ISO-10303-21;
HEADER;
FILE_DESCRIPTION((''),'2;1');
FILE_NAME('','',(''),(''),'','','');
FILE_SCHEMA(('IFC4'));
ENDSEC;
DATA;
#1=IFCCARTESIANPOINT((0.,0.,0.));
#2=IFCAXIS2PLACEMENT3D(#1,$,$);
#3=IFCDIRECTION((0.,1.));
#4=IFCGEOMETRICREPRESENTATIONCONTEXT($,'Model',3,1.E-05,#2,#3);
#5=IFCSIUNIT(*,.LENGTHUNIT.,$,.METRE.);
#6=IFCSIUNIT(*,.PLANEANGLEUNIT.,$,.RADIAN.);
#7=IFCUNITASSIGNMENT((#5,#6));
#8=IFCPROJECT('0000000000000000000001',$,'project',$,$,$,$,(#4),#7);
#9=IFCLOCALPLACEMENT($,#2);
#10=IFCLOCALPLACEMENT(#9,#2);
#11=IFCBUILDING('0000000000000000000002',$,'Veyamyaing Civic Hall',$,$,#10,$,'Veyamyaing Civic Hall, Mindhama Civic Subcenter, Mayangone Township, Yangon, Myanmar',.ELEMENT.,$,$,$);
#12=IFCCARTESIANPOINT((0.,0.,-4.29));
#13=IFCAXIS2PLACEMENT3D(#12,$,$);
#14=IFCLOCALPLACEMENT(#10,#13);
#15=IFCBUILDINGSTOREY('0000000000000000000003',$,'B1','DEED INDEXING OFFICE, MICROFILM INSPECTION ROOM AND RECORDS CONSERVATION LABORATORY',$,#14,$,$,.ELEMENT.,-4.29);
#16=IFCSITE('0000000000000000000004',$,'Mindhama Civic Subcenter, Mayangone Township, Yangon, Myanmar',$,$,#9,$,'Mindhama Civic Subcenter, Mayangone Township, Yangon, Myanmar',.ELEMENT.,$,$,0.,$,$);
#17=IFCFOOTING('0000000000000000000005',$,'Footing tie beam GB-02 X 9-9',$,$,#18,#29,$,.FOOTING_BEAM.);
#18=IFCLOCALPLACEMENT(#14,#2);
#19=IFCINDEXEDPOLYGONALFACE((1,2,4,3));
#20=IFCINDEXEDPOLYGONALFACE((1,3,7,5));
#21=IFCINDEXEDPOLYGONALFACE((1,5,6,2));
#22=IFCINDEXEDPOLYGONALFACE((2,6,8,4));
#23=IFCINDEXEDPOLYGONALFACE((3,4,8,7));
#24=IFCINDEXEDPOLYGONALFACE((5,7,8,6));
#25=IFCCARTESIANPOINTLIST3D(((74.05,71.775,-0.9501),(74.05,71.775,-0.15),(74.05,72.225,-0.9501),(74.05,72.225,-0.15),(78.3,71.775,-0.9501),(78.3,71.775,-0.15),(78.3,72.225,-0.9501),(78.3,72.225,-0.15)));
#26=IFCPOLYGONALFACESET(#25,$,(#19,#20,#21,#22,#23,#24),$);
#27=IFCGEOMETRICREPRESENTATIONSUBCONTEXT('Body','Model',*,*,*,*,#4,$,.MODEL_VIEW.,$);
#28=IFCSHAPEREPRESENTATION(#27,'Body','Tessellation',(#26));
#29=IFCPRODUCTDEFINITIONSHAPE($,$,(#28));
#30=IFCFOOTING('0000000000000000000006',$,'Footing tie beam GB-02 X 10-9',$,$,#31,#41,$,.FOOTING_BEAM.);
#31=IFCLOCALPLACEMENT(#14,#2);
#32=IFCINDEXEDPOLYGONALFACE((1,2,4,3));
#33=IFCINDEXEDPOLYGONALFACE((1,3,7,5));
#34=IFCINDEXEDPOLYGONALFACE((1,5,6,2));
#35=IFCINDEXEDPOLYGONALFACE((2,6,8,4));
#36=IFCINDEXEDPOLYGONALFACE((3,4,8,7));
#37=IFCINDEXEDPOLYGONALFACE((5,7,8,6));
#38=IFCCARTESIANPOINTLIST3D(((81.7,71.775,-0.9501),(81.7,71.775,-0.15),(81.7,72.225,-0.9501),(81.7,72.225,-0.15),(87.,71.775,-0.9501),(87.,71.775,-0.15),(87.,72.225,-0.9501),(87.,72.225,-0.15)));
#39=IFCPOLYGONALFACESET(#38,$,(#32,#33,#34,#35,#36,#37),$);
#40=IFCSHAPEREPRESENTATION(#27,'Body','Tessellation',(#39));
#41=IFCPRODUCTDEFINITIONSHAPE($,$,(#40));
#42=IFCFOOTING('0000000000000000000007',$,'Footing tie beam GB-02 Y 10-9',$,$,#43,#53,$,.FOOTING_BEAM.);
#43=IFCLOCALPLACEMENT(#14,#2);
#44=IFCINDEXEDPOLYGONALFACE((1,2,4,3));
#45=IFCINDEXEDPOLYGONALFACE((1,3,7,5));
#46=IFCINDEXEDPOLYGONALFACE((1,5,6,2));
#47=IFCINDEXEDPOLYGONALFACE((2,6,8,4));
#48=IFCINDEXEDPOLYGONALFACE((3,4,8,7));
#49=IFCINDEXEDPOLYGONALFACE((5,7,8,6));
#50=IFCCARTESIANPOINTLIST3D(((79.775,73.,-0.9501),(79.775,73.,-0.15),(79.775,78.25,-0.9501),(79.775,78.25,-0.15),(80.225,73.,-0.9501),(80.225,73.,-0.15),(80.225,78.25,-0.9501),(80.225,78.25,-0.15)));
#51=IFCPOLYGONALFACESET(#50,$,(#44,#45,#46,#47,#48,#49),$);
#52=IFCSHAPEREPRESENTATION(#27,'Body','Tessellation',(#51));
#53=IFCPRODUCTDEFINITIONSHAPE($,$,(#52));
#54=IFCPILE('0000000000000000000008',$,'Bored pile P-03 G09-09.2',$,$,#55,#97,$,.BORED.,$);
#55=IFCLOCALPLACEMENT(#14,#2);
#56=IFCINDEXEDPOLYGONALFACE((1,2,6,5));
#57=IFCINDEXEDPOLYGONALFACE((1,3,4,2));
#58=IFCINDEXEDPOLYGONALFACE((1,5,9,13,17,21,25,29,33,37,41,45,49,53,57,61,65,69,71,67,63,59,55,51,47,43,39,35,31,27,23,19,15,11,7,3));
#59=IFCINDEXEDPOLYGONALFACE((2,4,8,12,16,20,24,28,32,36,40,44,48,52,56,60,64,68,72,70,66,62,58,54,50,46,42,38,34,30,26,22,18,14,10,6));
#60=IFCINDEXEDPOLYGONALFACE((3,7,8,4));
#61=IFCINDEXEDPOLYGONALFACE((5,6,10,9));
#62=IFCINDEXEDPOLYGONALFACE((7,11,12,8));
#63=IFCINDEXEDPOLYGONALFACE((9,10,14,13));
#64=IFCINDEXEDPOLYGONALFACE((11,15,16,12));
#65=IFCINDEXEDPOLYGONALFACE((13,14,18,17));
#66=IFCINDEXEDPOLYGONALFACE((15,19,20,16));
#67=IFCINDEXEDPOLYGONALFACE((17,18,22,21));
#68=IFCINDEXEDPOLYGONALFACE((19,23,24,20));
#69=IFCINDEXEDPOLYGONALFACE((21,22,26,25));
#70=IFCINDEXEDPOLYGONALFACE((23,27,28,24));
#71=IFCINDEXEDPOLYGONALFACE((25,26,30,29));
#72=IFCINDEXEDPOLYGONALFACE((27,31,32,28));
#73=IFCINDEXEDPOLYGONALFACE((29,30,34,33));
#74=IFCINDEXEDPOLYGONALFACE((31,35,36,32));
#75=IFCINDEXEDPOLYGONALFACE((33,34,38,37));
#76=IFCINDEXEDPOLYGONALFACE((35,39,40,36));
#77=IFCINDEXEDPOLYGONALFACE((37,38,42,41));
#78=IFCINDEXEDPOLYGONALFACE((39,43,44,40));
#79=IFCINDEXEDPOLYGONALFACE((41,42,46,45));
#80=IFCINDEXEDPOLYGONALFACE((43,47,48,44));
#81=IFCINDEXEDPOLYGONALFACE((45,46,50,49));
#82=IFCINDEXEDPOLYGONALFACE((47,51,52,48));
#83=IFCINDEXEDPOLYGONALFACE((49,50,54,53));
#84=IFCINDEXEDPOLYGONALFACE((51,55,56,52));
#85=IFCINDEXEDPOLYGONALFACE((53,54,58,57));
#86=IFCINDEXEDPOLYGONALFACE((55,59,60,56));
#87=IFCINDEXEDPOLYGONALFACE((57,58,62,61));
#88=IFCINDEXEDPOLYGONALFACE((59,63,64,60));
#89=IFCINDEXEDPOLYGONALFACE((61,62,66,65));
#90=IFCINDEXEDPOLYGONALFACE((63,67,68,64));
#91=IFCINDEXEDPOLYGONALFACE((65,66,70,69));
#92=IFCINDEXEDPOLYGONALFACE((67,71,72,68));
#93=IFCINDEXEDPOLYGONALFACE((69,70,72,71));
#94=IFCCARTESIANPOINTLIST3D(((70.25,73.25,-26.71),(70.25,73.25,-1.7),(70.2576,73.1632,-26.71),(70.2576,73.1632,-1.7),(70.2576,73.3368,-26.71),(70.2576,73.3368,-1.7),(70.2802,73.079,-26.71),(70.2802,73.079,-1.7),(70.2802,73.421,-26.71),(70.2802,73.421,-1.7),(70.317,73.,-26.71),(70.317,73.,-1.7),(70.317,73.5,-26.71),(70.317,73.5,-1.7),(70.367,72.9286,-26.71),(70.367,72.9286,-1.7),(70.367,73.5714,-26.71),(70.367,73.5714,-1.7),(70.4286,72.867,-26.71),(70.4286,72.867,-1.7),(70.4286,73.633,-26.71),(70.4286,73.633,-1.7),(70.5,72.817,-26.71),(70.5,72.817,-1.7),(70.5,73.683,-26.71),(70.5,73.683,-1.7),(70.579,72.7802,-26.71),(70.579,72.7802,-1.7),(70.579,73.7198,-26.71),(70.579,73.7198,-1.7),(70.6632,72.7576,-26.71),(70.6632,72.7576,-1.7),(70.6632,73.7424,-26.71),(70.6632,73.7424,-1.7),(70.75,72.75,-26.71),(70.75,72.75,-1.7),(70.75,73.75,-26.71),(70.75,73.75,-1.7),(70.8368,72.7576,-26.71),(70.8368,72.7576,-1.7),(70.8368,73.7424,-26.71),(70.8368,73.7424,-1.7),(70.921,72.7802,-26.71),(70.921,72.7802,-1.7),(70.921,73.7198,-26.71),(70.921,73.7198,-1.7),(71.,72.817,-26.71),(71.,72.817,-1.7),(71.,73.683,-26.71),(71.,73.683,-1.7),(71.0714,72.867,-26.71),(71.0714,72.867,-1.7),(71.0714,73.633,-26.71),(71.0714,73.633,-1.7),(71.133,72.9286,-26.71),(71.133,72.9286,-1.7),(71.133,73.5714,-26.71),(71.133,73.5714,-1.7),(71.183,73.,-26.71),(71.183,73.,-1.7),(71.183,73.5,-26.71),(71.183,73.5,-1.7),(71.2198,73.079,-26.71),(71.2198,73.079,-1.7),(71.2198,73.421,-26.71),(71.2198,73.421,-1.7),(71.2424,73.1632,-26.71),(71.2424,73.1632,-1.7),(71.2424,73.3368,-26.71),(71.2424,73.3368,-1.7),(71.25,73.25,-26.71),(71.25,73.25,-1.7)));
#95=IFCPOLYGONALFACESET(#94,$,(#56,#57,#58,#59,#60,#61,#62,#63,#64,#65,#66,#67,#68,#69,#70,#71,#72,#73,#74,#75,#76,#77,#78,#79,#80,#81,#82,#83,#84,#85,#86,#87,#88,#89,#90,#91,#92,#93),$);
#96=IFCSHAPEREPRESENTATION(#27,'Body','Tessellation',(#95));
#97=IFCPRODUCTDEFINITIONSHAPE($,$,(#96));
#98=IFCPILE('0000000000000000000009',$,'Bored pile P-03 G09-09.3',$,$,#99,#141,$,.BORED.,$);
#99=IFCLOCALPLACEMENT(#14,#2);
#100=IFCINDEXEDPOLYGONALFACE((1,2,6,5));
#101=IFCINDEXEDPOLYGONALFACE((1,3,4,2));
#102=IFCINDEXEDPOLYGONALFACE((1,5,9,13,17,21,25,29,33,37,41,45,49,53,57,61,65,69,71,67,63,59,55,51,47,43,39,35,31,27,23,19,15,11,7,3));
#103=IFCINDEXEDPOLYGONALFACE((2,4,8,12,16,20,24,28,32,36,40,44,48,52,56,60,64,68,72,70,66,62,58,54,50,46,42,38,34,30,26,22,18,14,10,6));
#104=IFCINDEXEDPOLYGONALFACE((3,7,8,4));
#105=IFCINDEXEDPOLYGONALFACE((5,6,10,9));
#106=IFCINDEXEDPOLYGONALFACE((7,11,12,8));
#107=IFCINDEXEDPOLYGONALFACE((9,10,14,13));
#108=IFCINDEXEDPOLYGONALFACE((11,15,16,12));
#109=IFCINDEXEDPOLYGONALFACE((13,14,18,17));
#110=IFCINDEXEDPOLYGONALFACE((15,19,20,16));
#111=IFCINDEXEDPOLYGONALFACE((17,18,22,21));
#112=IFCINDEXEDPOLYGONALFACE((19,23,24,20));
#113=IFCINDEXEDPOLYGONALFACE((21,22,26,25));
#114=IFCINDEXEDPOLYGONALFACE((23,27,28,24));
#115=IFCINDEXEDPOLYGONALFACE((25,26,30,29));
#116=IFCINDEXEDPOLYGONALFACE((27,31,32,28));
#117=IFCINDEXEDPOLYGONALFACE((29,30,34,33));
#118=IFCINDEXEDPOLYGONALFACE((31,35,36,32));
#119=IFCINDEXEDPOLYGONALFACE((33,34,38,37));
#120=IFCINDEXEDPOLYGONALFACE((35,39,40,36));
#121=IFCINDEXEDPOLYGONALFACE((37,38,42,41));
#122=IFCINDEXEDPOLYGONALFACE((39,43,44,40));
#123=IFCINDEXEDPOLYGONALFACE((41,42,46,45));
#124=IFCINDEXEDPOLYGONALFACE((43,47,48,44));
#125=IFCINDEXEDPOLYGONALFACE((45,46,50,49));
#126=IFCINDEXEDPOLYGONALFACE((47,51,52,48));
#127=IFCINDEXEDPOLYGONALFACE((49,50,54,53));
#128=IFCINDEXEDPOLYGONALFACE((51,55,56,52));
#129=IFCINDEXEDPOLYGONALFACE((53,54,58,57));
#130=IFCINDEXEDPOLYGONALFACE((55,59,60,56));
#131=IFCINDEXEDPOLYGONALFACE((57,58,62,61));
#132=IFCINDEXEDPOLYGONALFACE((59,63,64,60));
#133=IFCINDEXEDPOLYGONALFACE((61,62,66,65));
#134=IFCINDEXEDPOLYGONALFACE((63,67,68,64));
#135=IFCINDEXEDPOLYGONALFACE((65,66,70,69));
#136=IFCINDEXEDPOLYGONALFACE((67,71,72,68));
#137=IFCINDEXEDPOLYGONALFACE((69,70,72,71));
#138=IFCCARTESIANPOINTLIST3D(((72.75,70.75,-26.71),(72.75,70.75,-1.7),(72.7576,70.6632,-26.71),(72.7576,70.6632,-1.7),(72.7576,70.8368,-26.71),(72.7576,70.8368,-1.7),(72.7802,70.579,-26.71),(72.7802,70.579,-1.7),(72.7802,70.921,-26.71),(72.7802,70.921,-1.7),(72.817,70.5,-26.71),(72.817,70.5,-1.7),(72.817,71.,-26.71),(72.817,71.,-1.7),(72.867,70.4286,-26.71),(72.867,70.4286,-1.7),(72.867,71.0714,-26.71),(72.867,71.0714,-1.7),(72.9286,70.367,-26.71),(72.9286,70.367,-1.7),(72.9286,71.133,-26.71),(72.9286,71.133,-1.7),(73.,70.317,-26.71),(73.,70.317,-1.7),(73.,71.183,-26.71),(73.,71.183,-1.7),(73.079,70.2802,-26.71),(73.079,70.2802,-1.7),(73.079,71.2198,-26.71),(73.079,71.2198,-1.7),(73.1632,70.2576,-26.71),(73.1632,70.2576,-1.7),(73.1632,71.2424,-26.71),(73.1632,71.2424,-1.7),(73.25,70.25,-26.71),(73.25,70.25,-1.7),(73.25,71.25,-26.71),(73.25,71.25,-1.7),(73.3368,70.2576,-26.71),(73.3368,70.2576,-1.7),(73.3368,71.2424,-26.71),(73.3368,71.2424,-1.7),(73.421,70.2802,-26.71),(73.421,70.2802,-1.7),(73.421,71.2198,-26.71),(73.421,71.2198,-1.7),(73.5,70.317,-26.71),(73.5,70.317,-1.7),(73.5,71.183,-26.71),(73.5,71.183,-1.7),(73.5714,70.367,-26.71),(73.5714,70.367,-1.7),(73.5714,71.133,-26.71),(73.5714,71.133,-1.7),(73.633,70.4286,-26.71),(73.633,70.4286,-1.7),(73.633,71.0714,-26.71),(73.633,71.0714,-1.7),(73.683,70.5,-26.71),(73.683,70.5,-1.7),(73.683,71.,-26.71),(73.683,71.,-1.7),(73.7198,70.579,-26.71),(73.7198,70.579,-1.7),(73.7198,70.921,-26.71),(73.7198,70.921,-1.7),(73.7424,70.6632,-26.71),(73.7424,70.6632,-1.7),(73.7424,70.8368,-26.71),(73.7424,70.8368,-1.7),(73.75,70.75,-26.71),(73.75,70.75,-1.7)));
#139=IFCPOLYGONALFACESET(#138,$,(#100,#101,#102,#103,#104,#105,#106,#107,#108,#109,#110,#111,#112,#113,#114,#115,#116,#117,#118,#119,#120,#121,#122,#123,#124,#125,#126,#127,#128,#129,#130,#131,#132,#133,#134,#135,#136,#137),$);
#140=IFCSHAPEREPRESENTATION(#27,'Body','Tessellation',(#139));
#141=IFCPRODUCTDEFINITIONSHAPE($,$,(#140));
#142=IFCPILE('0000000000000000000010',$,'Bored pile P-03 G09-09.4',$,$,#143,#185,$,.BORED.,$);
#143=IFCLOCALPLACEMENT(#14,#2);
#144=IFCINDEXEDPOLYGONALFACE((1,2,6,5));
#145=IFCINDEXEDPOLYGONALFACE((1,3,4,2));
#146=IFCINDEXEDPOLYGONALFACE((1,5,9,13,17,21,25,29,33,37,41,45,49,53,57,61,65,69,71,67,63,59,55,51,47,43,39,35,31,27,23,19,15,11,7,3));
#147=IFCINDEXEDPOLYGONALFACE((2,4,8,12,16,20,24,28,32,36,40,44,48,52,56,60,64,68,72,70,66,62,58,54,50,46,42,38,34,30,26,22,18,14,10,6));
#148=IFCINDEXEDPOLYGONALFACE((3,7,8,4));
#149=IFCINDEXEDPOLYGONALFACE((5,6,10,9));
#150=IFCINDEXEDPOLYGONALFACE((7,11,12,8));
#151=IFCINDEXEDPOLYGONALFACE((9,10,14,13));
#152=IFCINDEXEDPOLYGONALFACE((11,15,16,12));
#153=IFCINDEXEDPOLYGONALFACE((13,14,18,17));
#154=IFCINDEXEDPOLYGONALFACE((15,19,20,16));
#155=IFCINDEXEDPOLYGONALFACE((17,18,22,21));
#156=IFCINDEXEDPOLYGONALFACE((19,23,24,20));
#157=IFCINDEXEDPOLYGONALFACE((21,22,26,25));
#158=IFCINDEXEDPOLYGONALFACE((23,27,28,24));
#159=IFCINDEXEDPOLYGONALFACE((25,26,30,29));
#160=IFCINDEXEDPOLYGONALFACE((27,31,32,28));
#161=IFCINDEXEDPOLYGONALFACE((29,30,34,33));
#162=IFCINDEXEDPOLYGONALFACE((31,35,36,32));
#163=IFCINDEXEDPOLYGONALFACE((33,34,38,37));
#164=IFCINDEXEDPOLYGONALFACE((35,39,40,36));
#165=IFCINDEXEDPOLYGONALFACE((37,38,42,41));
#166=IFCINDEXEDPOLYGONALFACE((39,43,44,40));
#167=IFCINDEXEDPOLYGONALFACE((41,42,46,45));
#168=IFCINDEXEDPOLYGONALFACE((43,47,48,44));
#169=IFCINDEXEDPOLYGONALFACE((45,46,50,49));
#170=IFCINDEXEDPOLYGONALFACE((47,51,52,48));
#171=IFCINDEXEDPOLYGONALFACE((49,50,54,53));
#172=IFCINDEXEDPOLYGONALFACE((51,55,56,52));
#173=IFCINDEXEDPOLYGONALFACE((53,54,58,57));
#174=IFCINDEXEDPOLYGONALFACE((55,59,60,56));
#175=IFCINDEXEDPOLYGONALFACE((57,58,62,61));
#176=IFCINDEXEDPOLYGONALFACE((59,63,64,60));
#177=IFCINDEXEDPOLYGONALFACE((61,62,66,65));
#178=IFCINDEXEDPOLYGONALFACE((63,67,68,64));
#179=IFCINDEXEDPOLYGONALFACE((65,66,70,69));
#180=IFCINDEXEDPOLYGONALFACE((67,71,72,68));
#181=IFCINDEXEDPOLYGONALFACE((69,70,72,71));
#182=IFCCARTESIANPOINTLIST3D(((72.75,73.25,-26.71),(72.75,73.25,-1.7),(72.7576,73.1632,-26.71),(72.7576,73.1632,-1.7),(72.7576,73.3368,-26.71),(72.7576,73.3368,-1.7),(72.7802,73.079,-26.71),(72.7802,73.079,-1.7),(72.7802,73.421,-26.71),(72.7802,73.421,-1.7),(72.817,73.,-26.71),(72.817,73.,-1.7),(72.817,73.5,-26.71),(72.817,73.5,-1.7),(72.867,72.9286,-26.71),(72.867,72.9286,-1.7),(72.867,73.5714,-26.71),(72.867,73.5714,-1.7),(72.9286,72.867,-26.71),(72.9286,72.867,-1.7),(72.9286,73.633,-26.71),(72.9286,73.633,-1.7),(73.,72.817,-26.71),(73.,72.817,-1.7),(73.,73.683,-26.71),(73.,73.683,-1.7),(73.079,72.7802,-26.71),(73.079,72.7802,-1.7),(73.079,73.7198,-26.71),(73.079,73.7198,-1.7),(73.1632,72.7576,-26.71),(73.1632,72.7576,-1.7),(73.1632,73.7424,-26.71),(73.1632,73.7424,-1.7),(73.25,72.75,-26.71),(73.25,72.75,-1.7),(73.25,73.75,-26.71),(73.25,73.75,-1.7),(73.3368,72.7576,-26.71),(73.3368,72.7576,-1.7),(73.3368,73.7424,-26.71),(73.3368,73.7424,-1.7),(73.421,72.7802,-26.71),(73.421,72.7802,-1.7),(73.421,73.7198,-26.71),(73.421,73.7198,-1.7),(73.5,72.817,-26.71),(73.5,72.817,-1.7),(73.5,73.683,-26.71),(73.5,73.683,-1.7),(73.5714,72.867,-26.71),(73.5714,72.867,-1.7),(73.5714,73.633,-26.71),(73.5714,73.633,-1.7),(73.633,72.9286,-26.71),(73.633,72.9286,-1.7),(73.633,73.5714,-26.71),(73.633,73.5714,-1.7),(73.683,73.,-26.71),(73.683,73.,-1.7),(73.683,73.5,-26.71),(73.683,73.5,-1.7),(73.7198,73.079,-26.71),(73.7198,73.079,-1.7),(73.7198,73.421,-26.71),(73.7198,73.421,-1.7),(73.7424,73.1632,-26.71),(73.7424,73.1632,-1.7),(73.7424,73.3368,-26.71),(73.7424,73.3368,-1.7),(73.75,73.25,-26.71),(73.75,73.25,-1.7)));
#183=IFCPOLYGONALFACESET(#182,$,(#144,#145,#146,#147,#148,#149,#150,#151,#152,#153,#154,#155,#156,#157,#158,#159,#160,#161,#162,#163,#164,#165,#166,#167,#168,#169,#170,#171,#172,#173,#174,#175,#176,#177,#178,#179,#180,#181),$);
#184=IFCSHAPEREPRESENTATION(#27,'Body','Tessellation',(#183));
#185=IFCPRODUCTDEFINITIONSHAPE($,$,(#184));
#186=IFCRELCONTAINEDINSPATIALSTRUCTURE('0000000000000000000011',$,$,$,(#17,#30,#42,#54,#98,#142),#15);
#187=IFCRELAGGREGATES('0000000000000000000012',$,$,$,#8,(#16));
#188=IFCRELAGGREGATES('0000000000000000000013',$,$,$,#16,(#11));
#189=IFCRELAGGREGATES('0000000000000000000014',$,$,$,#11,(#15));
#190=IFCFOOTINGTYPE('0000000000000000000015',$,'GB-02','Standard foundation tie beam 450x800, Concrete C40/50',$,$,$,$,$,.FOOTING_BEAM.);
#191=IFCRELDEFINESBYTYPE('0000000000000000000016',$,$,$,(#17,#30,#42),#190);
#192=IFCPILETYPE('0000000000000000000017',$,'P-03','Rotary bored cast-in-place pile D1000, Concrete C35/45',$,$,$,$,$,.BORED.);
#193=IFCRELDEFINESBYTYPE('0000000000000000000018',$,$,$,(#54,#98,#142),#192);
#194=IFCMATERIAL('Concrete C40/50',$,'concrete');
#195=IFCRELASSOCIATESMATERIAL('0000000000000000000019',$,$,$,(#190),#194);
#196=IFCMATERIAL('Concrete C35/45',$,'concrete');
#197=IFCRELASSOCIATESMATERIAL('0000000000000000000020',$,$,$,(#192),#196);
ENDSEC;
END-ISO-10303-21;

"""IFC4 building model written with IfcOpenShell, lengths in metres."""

from ifc_helpers import new_model, si_unit, direction, frame, origin, origin_2d, place, context, subcontext, project, spatial, rectangle, circle, extrude, material, material_profile, profile_set, type_object, element, save


model = new_model("IFC4")

# Units and contexts
model_context = context("Model", 3, precision=1e-05, world=origin(), true_north=direction((0.0, 1.0)))
body_context = subcontext(model_context, "Body", "Model", "MODEL_VIEW")
ifc_project = project(units=[si_unit("LENGTHUNIT", "METRE"), si_unit("PLANEANGLEUNIT", "RADIAN")], contexts=[model_context])

# Site, building, storey
site_placement = place(None, origin())
site = spatial("IfcSite", under=ifc_project, at=site_placement, Name="Mindhama Civic Subcenter, Mayangone Township, Yangon, Myanmar", LongName="Mindhama Civic Subcenter, Mayangone Township, Yangon, Myanmar", CompositionType="ELEMENT", RefElevation=0.0)
building_placement = place(site_placement, origin())
building = spatial("IfcBuilding", under=site, at=building_placement, Name="Veyamyaing Civic Hall", LongName="Veyamyaing Civic Hall, Mindhama Civic Subcenter, Mayangone Township, Yangon, Myanmar", CompositionType="ELEMENT")
storey_placement = place(building_placement, frame((0.0, 0.0, -4.29)))
storey = spatial("IfcBuildingStorey", under=building, at=storey_placement, Name="B1", Description="DEED INDEXING OFFICE, MICROFILM INSPECTION ROOM AND RECORDS CONSERVATION LABORATORY", CompositionType="ELEMENT", Elevation=-4.29)

# Footings
ifc_material_1 = material(Name="Concrete C40/50", Category="concrete")
ifc_material_profile_1 = material_profile(ifc_material_1, rectangle(XDim=0.45, YDim=0.8, at=origin_2d()), Name="GB-450X800")
ifc_profile_set_1 = profile_set([ifc_material_profile_1], Name="Concrete C40/50")
footing_type_1 = type_object("IfcFootingType", Name="GB-02", Description="Standard foundation tie beam 450x800, Concrete C40/50", PredefinedType="FOOTING_BEAM", material=ifc_profile_set_1)
footing_1_placement = place(storey_placement, frame((74.05, 72.0, -0.55), z_axis=(1.0, 0.0, 0.0), x_axis=(0.0, 1.0, 0.0)))
element("IfcFooting", 1, at=footing_1_placement, inside=storey, type_object=footing_type_1, Name="Footing tie beam GB-02 X 9-9", PredefinedType="FOOTING_BEAM", context=body_context, shape_type="SweptSolid", body=[
    extrude(rectangle(XDim=0.45, YDim=0.8, at=origin_2d()), origin(), (0.0, 0.0, 1.0), 4.25),
])
footing_2_placement = place(storey_placement, frame((81.7, 72.0, -0.55), z_axis=(1.0, 0.0, 0.0), x_axis=(0.0, 1.0, 0.0)))
element("IfcFooting", 2, at=footing_2_placement, inside=storey, type_object=footing_type_1, Name="Footing tie beam GB-02 X 10-9", PredefinedType="FOOTING_BEAM", context=body_context, shape_type="SweptSolid", body=[
    extrude(rectangle(XDim=0.45, YDim=0.8, at=origin_2d()), origin(), (0.0, 0.0, 1.0), 5.3),
])
footing_3_placement = place(storey_placement, frame((80.0, 73.0, -0.55), z_axis=(0.0, 1.0, 0.0), x_axis=(-1.0, 0.0, 0.0)))
element("IfcFooting", 3, at=footing_3_placement, inside=storey, type_object=footing_type_1, Name="Footing tie beam GB-02 Y 10-9", PredefinedType="FOOTING_BEAM", context=body_context, shape_type="SweptSolid", body=[
    extrude(rectangle(XDim=0.45, YDim=0.8, at=origin_2d()), origin(), (0.0, 0.0, 1.0), 5.25),
])

# Piles
ifc_material_2 = material(Name="Concrete C35/45", Category="concrete")
ifc_material_profile_2 = material_profile(ifc_material_2, circle(Radius=0.5, at=origin_2d()), Name="PILE-D1000")
ifc_profile_set_2 = profile_set([ifc_material_profile_2], Name="Concrete C35/45")
pile_type_1 = type_object("IfcPileType", Name="P-03", Description="Rotary bored cast-in-place pile D1000, Concrete C35/45", PredefinedType="BORED", material=ifc_profile_set_2)
for number, where, z_axis, x_axis, name in (
    (4, (70.75, 73.25, -1.7), (0.0, 0.0, -1.0), (1.0, 0.0, 0.0), "Bored pile P-03 G09-09.2"),
    (5, (73.25, 70.75, -1.7), (0.0, 0.0, -1.0), (1.0, 0.0, 0.0), "Bored pile P-03 G09-09.3"),
    (6, (73.25, 73.25, -1.7), (0.0, 0.0, -1.0), (1.0, 0.0, 0.0), "Bored pile P-03 G09-09.4"),
):
    element("IfcPile", number, at=place(storey_placement, frame(where, z_axis=z_axis, x_axis=x_axis)), inside=storey, type_object=pile_type_1, Name=name, PredefinedType="BORED", context=body_context, shape_type="SweptSolid", body=[
        extrude(circle(Radius=0.5, at=origin_2d()), origin(), (0.0, 0.0, 1.0), 25.01),
    ])

save(model, "model.ifc")
